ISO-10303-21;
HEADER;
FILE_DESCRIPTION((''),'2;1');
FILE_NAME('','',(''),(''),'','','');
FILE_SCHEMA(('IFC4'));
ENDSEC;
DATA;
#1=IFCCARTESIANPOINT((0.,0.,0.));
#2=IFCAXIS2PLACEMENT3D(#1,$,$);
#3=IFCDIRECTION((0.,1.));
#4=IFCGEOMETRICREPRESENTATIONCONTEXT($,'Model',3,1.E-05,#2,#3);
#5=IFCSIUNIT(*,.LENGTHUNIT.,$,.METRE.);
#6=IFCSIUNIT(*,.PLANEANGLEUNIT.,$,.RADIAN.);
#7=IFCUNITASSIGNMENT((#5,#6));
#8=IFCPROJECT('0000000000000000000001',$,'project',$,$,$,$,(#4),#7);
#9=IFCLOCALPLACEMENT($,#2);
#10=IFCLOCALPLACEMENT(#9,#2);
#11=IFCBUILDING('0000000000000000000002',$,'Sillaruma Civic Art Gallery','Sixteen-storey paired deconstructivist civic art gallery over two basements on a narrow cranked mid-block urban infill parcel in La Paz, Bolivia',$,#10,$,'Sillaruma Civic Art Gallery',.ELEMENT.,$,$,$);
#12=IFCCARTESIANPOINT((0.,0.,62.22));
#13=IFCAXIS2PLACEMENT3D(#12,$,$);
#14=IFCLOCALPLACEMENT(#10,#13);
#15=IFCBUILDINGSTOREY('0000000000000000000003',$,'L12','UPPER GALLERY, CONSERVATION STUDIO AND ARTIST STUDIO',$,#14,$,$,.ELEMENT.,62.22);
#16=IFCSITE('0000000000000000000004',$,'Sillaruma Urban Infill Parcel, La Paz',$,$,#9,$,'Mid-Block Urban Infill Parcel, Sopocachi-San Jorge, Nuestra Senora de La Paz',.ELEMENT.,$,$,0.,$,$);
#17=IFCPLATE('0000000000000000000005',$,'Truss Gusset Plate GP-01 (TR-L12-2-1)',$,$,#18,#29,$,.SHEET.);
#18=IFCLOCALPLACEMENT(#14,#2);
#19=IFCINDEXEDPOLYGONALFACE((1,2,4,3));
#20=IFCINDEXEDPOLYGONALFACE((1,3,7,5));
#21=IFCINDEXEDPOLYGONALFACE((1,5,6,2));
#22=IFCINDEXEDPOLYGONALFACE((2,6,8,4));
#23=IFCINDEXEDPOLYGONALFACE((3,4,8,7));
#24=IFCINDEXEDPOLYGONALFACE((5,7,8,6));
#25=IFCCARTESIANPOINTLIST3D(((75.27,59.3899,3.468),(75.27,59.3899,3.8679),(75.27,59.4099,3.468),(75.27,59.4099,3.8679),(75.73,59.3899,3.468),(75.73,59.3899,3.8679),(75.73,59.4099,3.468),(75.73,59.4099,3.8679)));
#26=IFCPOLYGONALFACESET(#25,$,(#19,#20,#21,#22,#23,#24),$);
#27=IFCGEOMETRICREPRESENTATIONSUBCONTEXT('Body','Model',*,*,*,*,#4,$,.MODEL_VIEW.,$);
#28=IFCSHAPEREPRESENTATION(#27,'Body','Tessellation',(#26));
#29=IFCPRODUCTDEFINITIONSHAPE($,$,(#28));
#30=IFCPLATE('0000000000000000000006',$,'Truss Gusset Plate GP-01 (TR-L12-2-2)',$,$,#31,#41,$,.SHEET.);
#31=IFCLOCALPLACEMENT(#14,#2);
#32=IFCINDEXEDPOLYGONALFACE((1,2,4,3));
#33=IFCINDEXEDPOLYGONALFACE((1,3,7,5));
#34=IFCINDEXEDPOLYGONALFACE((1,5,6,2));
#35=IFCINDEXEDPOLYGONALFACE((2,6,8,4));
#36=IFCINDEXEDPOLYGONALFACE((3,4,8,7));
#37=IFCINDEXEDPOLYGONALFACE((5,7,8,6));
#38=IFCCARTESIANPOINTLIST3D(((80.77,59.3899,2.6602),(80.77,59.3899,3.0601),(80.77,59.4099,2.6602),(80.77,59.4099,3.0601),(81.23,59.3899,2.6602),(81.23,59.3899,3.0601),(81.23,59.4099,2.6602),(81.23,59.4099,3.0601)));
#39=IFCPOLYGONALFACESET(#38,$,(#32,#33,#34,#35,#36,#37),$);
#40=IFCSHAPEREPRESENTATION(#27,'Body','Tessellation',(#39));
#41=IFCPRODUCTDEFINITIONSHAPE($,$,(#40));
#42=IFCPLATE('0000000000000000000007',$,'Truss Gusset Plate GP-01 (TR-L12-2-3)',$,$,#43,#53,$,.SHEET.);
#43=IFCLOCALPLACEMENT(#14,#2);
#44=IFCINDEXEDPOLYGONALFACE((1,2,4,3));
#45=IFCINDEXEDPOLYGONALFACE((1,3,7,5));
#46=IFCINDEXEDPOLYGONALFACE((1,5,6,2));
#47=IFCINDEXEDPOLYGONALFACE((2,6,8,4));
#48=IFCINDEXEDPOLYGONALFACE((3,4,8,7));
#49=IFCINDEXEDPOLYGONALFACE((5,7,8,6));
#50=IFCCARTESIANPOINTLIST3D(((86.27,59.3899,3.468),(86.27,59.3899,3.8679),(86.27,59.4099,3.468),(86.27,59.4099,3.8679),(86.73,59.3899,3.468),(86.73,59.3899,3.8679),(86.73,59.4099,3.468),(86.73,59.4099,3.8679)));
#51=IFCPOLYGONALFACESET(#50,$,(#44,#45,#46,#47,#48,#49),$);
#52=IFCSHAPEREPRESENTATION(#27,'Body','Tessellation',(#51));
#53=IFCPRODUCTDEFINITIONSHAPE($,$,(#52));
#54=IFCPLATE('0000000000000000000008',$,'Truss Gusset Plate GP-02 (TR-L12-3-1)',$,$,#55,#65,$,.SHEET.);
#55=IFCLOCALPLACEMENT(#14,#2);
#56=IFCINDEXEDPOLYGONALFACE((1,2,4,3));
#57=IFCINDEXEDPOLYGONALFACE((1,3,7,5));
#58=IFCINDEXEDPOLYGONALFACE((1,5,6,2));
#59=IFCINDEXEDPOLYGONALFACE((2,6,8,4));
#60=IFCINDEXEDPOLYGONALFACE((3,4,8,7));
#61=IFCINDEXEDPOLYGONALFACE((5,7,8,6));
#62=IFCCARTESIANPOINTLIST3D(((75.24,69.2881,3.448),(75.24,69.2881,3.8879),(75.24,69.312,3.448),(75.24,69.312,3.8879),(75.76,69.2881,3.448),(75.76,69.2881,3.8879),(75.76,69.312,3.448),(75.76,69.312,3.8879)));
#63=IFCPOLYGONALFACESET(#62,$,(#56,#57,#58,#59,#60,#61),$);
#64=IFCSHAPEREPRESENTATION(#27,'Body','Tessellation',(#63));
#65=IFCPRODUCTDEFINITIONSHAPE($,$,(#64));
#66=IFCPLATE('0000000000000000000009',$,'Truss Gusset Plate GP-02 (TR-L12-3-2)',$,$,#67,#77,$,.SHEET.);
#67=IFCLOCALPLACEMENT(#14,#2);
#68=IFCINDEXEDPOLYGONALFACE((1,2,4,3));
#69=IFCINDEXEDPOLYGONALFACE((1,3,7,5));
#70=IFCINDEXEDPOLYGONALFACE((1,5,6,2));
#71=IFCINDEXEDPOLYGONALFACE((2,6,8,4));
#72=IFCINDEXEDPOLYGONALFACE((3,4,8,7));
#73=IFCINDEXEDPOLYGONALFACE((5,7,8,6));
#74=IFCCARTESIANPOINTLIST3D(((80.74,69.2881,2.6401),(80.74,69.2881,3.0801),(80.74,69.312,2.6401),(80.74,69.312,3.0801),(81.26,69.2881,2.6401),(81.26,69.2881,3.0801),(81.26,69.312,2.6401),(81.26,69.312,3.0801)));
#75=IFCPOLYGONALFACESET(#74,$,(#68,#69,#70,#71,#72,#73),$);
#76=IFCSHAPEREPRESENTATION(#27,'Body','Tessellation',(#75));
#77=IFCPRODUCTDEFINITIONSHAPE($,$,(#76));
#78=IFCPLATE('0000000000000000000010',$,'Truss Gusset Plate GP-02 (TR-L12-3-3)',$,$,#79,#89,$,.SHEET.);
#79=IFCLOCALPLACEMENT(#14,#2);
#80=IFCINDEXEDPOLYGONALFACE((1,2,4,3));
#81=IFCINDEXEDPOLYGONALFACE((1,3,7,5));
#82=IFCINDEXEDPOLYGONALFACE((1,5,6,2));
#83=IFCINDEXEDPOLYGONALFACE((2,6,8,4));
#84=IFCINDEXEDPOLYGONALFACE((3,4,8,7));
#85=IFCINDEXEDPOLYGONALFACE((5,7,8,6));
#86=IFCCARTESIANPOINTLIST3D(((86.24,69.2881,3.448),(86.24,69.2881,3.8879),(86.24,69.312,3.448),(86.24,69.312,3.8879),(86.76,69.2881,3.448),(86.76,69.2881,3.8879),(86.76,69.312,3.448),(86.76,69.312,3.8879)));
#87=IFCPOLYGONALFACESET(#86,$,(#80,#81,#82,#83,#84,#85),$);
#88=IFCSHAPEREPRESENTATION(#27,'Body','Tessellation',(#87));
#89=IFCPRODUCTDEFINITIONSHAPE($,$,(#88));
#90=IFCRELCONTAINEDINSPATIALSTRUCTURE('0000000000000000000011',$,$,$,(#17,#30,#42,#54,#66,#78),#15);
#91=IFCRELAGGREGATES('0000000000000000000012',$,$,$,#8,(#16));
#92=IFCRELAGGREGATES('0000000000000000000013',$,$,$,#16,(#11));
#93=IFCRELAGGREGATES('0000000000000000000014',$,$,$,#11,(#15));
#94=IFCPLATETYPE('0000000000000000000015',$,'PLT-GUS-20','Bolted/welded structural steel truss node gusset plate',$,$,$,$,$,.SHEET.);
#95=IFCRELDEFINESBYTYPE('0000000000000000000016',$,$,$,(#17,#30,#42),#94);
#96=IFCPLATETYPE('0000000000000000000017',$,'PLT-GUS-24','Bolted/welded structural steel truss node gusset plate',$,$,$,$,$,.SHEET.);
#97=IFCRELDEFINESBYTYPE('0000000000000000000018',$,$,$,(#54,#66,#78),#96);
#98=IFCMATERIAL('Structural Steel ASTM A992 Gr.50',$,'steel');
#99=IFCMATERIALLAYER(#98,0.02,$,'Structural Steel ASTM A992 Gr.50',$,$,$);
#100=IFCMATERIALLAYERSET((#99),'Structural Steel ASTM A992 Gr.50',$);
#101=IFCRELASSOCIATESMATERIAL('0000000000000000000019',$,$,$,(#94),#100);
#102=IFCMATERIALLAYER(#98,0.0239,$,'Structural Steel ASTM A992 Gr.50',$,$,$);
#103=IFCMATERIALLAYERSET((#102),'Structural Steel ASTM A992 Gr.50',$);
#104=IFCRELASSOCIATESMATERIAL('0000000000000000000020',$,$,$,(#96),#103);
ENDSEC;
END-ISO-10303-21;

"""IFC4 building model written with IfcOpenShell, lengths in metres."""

from ifc_helpers import new_model, si_unit, direction, frame, origin, origin_2d, place, context, subcontext, project, spatial, rectangle, extrude, material, layer, layer_set, type_object, element, save


model = new_model("IFC4")

# Units and contexts
model_context = context("Model", 3, precision=1e-05, world=origin(), true_north=direction((0.0, 1.0)))
body_context = subcontext(model_context, "Body", "Model", "MODEL_VIEW")
ifc_project = project(units=[si_unit("LENGTHUNIT", "METRE"), si_unit("PLANEANGLEUNIT", "RADIAN")], contexts=[model_context])

# Site, building, storey
site_placement = place(None, origin())
site = spatial("IfcSite", under=ifc_project, at=site_placement, Name="Sillaruma Urban Infill Parcel, La Paz", LongName="Mid-Block Urban Infill Parcel, Sopocachi-San Jorge, Nuestra Senora de La Paz", CompositionType="ELEMENT", RefElevation=0.0)
building_placement = place(site_placement, origin())
building = spatial("IfcBuilding", under=site, at=building_placement, Name="Sillaruma Civic Art Gallery", Description="Sixteen-storey paired deconstructivist civic art gallery over two basements on a narrow cranked mid-block urban infill parcel in La Paz, Bolivia", LongName="Sillaruma Civic Art Gallery", CompositionType="ELEMENT")
storey_placement = place(building_placement, frame((0.0, 0.0, 62.22)))
storey = spatial("IfcBuildingStorey", under=building, at=storey_placement, Name="L12", Description="UPPER GALLERY, CONSERVATION STUDIO AND ARTIST STUDIO", CompositionType="ELEMENT", Elevation=62.22)

# Shared definitions
ifc_material_1 = material(Name="Structural Steel ASTM A992 Gr.50", Category="steel")

# Plates
ifc_layer_1 = layer(ifc_material_1, 0.02, Name="Structural Steel ASTM A992 Gr.50")
ifc_layer_set_1 = layer_set([ifc_layer_1], Name="Structural Steel ASTM A992 Gr.50")
plate_type_1 = type_object("IfcPlateType", Name="PLT-GUS-20", Description="Bolted/welded structural steel truss node gusset plate", PredefinedType="SHEET", material=ifc_layer_set_1)
for number, where, z_axis, x_axis, name in (
    (1, (75.5, 59.3999, 3.468), (0.0, 0.0, 1.0), (1.0, 0.0, 0.0), "Truss Gusset Plate GP-01 (TR-L12-2-1)"),
    (2, (81.0, 59.3999, 2.6602), (0.0, 0.0, 1.0), (1.0, 0.0, 0.0), "Truss Gusset Plate GP-01 (TR-L12-2-2)"),
    (3, (86.5, 59.3999, 3.468), (0.0, 0.0, 1.0), (1.0, 0.0, 0.0), "Truss Gusset Plate GP-01 (TR-L12-2-3)"),
):
    element("IfcPlate", number, at=place(storey_placement, frame(where, z_axis=z_axis, x_axis=x_axis)), inside=storey, type_object=plate_type_1, Name=name, PredefinedType="SHEET", context=body_context, shape_type="SweptSolid", body=[
        extrude(rectangle(XDim=0.46, YDim=0.02, at=origin_2d()), origin(), (0.0, 0.0, 1.0), 0.3999),
    ])
ifc_layer_2 = layer(ifc_material_1, 0.0239, Name="Structural Steel ASTM A992 Gr.50")
ifc_layer_set_2 = layer_set([ifc_layer_2], Name="Structural Steel ASTM A992 Gr.50")
plate_type_2 = type_object("IfcPlateType", Name="PLT-GUS-24", Description="Bolted/welded structural steel truss node gusset plate", PredefinedType="SHEET", material=ifc_layer_set_2)
for number, where, z_axis, x_axis, name in (
    (4, (75.5, 69.3, 3.448), (0.0, 0.0, 1.0), (1.0, 0.0, 0.0), "Truss Gusset Plate GP-02 (TR-L12-3-1)"),
    (5, (81.0, 69.3, 2.6401), (0.0, 0.0, 1.0), (1.0, 0.0, 0.0), "Truss Gusset Plate GP-02 (TR-L12-3-2)"),
    (6, (86.5, 69.3, 3.448), (0.0, 0.0, 1.0), (1.0, 0.0, 0.0), "Truss Gusset Plate GP-02 (TR-L12-3-3)"),
):
    element("IfcPlate", number, at=place(storey_placement, frame(where, z_axis=z_axis, x_axis=x_axis)), inside=storey, type_object=plate_type_2, Name=name, PredefinedType="SHEET", context=body_context, shape_type="SweptSolid", body=[
        extrude(rectangle(XDim=0.52, YDim=0.0239, at=origin_2d()), origin(), (0.0, 0.0, 1.0), 0.4399),
    ])

save(model, "model.ifc")
